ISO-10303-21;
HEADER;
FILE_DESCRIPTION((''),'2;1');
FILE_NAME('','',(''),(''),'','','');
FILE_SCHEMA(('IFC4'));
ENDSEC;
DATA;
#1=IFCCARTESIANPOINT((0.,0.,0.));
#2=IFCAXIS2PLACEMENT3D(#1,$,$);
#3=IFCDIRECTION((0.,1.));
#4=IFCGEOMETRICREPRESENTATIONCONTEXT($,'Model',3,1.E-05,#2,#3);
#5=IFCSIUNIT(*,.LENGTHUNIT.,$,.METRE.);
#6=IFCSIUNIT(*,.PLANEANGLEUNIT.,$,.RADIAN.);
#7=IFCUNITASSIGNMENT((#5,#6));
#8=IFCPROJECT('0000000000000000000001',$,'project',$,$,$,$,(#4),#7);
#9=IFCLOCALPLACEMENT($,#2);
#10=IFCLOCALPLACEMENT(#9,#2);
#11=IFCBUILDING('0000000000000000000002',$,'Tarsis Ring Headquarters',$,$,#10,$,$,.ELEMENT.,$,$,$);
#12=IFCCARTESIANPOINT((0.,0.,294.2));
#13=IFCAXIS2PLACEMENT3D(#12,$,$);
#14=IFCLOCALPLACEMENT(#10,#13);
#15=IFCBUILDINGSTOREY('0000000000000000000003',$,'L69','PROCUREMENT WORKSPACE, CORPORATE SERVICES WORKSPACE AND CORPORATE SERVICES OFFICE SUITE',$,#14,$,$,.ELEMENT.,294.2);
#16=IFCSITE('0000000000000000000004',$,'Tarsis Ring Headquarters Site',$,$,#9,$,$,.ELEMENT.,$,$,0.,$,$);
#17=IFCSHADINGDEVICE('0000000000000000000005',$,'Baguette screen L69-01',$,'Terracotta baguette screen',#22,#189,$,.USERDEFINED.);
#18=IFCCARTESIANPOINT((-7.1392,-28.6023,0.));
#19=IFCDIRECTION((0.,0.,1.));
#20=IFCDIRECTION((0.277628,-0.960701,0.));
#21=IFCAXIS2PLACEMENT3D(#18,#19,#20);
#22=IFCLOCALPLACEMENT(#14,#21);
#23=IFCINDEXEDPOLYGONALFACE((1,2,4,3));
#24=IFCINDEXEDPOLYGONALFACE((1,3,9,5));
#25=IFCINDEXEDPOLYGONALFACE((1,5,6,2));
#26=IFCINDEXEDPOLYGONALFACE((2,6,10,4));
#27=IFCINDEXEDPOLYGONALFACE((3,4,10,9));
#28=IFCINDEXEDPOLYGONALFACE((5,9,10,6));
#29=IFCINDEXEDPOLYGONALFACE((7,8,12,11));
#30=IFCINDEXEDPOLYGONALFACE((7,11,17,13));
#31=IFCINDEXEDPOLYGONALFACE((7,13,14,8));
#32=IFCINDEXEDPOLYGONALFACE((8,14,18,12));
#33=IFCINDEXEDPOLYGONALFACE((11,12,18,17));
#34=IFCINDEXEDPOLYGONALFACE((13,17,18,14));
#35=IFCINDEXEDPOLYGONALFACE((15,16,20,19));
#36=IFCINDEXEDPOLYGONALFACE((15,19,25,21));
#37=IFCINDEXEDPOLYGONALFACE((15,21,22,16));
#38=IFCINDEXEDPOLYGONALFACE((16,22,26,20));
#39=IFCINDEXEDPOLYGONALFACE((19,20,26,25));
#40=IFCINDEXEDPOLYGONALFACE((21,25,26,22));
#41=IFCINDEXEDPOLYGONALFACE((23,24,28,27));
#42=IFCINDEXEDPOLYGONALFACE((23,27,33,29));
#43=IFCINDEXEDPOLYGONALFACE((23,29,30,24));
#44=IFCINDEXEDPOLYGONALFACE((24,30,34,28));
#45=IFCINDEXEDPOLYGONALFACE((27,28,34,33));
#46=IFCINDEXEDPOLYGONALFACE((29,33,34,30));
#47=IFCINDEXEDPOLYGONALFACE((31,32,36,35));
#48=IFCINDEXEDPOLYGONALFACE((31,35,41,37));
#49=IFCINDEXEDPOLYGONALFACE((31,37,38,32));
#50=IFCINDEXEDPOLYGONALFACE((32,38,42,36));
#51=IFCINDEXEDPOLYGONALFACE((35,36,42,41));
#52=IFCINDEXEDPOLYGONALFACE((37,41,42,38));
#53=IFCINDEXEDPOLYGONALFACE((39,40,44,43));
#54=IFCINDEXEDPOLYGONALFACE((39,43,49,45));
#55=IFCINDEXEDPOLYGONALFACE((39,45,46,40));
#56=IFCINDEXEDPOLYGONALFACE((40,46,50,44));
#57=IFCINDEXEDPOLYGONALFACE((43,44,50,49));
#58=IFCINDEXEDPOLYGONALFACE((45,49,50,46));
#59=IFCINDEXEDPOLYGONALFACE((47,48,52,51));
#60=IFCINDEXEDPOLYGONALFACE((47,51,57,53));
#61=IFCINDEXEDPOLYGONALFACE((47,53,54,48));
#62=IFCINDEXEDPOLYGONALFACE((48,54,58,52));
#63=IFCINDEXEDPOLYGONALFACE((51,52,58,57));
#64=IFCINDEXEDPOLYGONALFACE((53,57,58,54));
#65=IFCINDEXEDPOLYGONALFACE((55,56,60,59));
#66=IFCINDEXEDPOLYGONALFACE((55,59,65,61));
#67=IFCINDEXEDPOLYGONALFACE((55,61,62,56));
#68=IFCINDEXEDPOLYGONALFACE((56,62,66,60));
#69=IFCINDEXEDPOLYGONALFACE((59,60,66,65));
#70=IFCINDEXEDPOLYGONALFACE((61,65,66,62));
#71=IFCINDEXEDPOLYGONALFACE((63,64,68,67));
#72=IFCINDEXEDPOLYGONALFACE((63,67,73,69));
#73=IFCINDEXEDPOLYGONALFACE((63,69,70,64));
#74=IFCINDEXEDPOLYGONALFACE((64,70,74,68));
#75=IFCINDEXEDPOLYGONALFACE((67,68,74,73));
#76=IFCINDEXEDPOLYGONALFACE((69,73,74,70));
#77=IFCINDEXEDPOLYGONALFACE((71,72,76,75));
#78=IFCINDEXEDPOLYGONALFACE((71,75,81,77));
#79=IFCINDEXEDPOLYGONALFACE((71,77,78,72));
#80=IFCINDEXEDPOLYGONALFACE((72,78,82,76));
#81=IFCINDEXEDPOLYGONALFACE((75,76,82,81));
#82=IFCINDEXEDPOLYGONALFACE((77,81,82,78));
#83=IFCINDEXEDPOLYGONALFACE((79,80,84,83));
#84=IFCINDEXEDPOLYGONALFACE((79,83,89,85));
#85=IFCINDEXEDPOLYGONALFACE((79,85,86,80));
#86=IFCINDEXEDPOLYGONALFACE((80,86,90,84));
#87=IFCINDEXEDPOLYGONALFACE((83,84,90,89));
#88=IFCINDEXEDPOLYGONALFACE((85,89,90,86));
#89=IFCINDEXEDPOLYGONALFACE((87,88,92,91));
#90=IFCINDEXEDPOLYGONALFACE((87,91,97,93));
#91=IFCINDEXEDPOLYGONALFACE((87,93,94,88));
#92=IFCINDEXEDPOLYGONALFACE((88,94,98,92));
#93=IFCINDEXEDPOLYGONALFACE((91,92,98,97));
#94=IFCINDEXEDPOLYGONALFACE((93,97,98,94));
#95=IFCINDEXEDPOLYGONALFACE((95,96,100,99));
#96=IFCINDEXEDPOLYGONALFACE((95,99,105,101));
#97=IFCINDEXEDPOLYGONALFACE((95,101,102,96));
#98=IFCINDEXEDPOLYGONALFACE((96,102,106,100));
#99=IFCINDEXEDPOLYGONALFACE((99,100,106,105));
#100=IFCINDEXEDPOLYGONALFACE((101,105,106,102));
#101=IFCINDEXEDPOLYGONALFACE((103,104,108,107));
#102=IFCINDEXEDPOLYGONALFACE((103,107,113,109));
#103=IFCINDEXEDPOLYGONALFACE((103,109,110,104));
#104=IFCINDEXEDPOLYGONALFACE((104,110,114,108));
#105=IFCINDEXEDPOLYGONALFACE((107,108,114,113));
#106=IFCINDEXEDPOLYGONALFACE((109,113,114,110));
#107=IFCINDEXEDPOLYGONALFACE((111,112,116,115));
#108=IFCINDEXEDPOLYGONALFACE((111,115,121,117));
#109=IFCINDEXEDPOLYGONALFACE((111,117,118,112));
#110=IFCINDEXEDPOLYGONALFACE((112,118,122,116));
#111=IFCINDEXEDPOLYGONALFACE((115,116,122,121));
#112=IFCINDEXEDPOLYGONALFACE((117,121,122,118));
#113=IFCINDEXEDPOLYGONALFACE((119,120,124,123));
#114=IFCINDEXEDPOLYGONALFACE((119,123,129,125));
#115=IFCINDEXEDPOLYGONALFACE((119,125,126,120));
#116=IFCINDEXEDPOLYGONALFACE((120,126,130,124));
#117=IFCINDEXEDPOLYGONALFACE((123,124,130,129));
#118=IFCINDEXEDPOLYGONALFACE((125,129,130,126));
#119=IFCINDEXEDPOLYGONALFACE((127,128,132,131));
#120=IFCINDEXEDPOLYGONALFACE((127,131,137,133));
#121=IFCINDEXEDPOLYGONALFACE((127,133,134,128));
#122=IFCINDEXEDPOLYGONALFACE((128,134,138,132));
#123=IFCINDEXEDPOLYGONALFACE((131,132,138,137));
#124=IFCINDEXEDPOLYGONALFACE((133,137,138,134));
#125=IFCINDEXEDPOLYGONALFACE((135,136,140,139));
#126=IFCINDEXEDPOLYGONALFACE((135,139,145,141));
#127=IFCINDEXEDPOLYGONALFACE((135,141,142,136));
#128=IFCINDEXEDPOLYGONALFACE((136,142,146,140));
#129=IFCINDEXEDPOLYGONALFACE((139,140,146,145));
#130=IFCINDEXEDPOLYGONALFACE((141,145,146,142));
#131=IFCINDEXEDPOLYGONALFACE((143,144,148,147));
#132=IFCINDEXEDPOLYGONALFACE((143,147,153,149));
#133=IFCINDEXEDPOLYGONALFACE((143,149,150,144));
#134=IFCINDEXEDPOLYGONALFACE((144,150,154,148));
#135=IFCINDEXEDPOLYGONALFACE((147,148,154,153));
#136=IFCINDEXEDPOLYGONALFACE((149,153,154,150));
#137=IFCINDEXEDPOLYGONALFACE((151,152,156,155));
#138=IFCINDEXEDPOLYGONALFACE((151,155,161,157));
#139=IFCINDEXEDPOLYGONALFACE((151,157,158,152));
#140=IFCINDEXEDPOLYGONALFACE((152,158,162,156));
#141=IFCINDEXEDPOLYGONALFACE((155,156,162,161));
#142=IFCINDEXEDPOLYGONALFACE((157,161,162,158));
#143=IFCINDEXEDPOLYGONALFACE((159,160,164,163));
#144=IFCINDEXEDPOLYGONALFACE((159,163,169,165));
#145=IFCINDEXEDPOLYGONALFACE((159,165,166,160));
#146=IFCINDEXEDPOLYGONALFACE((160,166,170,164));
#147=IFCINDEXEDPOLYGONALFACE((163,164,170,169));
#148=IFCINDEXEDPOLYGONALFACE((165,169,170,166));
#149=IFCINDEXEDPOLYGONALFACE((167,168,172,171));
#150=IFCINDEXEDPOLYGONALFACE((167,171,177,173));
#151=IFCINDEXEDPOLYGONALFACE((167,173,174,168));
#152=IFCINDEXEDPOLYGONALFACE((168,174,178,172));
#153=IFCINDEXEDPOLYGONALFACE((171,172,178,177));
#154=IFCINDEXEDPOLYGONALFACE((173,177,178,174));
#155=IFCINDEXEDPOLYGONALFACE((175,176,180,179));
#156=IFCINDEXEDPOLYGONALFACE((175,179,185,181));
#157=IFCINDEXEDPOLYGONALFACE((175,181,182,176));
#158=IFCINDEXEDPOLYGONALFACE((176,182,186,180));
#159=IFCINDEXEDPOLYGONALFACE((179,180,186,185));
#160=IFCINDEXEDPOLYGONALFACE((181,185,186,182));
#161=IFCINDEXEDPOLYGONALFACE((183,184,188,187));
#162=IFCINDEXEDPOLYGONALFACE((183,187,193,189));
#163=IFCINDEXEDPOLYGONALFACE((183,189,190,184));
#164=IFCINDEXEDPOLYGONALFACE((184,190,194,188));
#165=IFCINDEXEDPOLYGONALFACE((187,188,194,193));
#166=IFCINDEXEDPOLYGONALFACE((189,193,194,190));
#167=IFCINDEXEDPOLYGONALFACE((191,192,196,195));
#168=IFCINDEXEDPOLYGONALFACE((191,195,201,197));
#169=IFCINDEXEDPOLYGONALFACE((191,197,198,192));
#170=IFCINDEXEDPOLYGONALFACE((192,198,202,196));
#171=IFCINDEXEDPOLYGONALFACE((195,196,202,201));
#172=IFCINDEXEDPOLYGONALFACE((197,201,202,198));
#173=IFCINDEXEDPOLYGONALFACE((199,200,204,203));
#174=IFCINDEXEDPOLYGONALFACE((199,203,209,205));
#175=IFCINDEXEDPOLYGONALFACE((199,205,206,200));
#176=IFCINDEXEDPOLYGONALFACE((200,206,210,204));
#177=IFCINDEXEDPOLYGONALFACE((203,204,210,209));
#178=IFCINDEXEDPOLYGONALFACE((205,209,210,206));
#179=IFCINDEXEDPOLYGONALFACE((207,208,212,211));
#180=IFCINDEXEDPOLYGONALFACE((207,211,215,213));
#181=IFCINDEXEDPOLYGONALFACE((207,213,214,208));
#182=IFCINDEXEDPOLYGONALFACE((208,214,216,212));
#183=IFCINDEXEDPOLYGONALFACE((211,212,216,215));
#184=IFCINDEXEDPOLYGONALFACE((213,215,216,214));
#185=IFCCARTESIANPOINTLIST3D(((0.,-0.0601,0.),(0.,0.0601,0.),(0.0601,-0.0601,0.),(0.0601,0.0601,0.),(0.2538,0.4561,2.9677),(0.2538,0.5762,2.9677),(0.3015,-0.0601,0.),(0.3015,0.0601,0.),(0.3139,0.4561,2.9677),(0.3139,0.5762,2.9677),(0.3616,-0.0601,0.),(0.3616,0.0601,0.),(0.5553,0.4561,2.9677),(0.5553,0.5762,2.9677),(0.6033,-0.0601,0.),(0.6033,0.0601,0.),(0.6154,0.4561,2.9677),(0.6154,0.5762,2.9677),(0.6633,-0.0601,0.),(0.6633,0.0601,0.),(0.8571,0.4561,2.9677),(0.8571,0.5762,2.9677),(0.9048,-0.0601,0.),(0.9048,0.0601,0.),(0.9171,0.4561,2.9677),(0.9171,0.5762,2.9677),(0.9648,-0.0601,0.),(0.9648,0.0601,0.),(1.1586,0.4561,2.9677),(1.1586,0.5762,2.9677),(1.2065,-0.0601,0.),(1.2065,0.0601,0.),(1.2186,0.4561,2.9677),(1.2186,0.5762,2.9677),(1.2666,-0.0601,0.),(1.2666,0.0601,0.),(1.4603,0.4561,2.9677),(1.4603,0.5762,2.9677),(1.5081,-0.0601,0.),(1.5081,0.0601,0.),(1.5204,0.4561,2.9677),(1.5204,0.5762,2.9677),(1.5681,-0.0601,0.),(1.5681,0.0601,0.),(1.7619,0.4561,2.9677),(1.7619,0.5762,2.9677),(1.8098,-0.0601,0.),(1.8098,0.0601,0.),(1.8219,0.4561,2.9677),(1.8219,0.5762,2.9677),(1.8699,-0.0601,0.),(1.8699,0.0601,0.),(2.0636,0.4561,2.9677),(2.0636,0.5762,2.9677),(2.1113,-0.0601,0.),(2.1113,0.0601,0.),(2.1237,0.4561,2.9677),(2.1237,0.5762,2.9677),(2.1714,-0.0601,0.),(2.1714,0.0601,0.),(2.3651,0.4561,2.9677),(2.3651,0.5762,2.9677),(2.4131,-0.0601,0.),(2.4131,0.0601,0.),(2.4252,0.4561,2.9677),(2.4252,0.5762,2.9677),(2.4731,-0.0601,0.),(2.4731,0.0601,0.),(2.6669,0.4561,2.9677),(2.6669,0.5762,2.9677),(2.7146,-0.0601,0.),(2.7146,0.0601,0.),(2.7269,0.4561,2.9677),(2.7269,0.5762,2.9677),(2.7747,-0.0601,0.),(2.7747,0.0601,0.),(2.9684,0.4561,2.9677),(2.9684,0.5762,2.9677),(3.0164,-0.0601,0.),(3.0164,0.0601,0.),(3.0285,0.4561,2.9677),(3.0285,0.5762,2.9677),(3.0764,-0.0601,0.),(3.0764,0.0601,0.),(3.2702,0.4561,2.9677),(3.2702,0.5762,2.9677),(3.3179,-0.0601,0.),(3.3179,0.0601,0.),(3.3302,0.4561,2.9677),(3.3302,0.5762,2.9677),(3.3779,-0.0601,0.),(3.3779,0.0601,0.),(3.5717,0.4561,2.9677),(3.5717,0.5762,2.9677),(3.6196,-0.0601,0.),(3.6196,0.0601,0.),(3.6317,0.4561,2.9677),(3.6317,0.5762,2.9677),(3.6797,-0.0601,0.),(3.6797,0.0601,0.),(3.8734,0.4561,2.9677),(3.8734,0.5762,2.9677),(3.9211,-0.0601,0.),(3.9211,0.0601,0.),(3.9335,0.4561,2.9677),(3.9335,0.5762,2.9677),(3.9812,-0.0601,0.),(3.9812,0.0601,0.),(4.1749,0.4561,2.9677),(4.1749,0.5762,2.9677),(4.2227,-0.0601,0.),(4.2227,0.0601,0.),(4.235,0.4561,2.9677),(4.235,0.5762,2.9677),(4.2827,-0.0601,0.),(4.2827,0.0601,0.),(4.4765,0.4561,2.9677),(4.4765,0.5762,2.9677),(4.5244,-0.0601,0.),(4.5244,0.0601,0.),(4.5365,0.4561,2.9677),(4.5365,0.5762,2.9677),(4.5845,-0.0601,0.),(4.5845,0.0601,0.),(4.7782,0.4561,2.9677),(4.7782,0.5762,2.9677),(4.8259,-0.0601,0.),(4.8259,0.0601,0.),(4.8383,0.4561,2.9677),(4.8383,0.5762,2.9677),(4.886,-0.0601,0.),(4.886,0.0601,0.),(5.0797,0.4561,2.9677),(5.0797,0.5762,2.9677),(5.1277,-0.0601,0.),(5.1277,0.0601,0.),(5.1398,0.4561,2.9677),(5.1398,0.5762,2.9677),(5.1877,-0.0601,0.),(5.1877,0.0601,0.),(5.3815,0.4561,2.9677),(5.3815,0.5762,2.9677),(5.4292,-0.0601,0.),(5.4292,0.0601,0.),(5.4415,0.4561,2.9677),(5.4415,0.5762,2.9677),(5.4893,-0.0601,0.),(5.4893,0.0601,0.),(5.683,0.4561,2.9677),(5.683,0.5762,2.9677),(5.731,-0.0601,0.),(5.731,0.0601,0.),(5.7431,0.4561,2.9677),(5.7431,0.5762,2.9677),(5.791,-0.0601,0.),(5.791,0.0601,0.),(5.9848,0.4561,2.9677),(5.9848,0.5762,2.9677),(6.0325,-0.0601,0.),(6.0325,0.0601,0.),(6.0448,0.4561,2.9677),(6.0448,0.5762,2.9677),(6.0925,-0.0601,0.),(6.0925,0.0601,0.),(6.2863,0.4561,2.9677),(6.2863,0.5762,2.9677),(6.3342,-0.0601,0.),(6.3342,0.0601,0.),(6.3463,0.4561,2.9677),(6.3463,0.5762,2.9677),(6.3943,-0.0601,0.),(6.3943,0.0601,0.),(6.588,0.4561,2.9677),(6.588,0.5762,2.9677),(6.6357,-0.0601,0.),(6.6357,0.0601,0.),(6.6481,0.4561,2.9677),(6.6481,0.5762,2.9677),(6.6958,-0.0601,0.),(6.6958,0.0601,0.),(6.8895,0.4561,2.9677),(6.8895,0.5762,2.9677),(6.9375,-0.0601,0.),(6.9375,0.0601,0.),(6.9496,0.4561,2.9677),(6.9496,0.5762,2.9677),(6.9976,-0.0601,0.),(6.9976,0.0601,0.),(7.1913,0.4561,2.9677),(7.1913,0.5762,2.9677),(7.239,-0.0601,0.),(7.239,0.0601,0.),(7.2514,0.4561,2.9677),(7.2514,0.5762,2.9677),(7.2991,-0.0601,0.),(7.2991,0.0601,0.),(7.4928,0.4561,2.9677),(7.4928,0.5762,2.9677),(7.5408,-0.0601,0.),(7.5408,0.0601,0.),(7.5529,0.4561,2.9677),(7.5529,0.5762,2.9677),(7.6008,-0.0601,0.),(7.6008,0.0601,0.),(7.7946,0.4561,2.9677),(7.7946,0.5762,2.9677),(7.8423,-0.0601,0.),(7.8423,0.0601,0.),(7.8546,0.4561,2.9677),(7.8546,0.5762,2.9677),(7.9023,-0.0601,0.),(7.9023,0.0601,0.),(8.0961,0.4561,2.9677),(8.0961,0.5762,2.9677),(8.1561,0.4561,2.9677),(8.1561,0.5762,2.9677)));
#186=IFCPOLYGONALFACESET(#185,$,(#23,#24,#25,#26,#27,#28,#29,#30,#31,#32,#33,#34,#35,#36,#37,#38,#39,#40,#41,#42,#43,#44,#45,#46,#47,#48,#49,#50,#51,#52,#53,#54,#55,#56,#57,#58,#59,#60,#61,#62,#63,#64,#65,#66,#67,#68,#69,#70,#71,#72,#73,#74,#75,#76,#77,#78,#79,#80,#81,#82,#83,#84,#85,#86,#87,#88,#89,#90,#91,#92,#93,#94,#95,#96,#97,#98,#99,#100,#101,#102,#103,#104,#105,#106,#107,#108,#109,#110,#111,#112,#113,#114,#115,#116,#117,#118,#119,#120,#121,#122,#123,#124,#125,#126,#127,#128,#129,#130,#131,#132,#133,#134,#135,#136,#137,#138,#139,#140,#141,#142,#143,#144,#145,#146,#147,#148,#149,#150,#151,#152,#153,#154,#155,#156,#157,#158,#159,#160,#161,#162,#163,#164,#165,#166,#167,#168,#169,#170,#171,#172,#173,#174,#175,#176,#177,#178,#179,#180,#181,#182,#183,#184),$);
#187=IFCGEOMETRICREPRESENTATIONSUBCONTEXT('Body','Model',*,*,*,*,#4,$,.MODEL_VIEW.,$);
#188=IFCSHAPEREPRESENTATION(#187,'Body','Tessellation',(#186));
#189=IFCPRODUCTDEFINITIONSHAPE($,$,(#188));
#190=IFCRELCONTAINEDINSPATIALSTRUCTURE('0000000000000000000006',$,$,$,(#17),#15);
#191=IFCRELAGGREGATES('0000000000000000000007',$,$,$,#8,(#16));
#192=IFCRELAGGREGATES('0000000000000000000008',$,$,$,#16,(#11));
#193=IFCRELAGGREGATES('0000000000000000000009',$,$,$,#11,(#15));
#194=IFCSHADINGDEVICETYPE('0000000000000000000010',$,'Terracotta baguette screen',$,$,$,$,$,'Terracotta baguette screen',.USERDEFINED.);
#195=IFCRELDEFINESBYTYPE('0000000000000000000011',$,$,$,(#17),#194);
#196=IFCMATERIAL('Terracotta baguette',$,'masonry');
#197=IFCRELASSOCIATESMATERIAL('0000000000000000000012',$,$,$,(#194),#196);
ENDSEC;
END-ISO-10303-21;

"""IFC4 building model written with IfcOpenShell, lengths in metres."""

from ifc_helpers import new_model, si_unit, direction, frame, frame_2d, origin, place, context, subcontext, project, spatial, rectangle, composite_profile, extrude, material, type_object, element, save


model = new_model("IFC4")

# Units and contexts
model_context = context("Model", 3, precision=1e-05, world=origin(), true_north=direction((0.0, 1.0)))
body_context = subcontext(model_context, "Body", "Model", "MODEL_VIEW")
ifc_project = project(units=[si_unit("LENGTHUNIT", "METRE"), si_unit("PLANEANGLEUNIT", "RADIAN")], contexts=[model_context])

# Site, building, storey
site_placement = place(None, origin())
site = spatial("IfcSite", under=ifc_project, at=site_placement, Name="Tarsis Ring Headquarters Site", CompositionType="ELEMENT", RefElevation=0.0)
building_placement = place(site_placement, origin())
building = spatial("IfcBuilding", under=site, at=building_placement, Name="Tarsis Ring Headquarters", CompositionType="ELEMENT")
storey_placement = place(building_placement, frame((0.0, 0.0, 294.2)))
storey = spatial("IfcBuildingStorey", under=building, at=storey_placement, Name="L69", Description="PROCUREMENT WORKSPACE, CORPORATE SERVICES WORKSPACE AND CORPORATE SERVICES OFFICE SUITE", CompositionType="ELEMENT", Elevation=294.2)

# Shading device
ifc_material_1 = material(Name="Terracotta baguette", Category="masonry")
shading_device_type = type_object("IfcShadingDeviceType", Name="Terracotta baguette screen", ElementType="Terracotta baguette screen", PredefinedType="USERDEFINED", material=ifc_material_1)
shading_device_1_placement = place(storey_placement, frame((-7.1392, -28.6023, 0.0), z_axis=(0.0, 0.0, 1.0), x_axis=(0.277628, -0.960701, 0.0)))
element("IfcShadingDevice", 1, at=shading_device_1_placement, inside=storey, type_object=shading_device_type, Name="Baguette screen L69-01", ObjectType="Terracotta baguette screen", PredefinedType="USERDEFINED", context=body_context, shape_type="SweptSolid", body=[
    extrude(composite_profile([rectangle(XDim=0.0601, YDim=0.1201, at=frame_2d((0.03, 0.0))), rectangle(XDim=0.0601, YDim=0.1201, at=frame_2d((0.3315, 0.0))), rectangle(XDim=0.0601, YDim=0.1201, at=frame_2d((0.6333, 0.0))), rectangle(XDim=0.0601, YDim=0.1201, at=frame_2d((0.9348, 0.0))), rectangle(XDim=0.0601, YDim=0.1201, at=frame_2d((1.2366, 0.0))), rectangle(XDim=0.0601, YDim=0.1201, at=frame_2d((1.5381, 0.0))), rectangle(XDim=0.0601, YDim=0.1201, at=frame_2d((1.8398, 0.0))), rectangle(XDim=0.0601, YDim=0.1201, at=frame_2d((2.1414, 0.0))), rectangle(XDim=0.0601, YDim=0.1201, at=frame_2d((2.4431, 0.0))), rectangle(XDim=0.0601, YDim=0.1201, at=frame_2d((2.7446, 0.0))), rectangle(XDim=0.0601, YDim=0.1201, at=frame_2d((3.0464, 0.0))), rectangle(XDim=0.0601, YDim=0.1201, at=frame_2d((3.3479, 0.0))), rectangle(XDim=0.0601, YDim=0.1201, at=frame_2d((3.6497, 0.0))), rectangle(XDim=0.0601, YDim=0.1201, at=frame_2d((3.9512, 0.0))), rectangle(XDim=0.0601, YDim=0.1201, at=frame_2d((4.2527, 0.0))), rectangle(XDim=0.0601, YDim=0.1201, at=frame_2d((4.5544, 0.0))), rectangle(XDim=0.0601, YDim=0.1201, at=frame_2d((4.856, 0.0))), rectangle(XDim=0.0601, YDim=0.1201, at=frame_2d((5.1577, 0.0))), rectangle(XDim=0.0601, YDim=0.1201, at=frame_2d((5.4592, 0.0))), rectangle(XDim=0.0601, YDim=0.1201, at=frame_2d((5.761, 0.0))), rectangle(XDim=0.0601, YDim=0.1201, at=frame_2d((6.0625, 0.0))), rectangle(XDim=0.0601, YDim=0.1201, at=frame_2d((6.3643, 0.0))), rectangle(XDim=0.0601, YDim=0.1201, at=frame_2d((6.6658, 0.0))), rectangle(XDim=0.0601, YDim=0.1201, at=frame_2d((6.9675, 0.0))), rectangle(XDim=0.0601, YDim=0.1201, at=frame_2d((7.269, 0.0))), rectangle(XDim=0.0601, YDim=0.1201, at=frame_2d((7.5708, 0.0))), rectangle(XDim=0.0601, YDim=0.1201, at=frame_2d((7.8723, 0.0)))]), origin(), (0.083956, 0.170751, 0.981731), 3.0229),
])

save(model, "model.ifc")
